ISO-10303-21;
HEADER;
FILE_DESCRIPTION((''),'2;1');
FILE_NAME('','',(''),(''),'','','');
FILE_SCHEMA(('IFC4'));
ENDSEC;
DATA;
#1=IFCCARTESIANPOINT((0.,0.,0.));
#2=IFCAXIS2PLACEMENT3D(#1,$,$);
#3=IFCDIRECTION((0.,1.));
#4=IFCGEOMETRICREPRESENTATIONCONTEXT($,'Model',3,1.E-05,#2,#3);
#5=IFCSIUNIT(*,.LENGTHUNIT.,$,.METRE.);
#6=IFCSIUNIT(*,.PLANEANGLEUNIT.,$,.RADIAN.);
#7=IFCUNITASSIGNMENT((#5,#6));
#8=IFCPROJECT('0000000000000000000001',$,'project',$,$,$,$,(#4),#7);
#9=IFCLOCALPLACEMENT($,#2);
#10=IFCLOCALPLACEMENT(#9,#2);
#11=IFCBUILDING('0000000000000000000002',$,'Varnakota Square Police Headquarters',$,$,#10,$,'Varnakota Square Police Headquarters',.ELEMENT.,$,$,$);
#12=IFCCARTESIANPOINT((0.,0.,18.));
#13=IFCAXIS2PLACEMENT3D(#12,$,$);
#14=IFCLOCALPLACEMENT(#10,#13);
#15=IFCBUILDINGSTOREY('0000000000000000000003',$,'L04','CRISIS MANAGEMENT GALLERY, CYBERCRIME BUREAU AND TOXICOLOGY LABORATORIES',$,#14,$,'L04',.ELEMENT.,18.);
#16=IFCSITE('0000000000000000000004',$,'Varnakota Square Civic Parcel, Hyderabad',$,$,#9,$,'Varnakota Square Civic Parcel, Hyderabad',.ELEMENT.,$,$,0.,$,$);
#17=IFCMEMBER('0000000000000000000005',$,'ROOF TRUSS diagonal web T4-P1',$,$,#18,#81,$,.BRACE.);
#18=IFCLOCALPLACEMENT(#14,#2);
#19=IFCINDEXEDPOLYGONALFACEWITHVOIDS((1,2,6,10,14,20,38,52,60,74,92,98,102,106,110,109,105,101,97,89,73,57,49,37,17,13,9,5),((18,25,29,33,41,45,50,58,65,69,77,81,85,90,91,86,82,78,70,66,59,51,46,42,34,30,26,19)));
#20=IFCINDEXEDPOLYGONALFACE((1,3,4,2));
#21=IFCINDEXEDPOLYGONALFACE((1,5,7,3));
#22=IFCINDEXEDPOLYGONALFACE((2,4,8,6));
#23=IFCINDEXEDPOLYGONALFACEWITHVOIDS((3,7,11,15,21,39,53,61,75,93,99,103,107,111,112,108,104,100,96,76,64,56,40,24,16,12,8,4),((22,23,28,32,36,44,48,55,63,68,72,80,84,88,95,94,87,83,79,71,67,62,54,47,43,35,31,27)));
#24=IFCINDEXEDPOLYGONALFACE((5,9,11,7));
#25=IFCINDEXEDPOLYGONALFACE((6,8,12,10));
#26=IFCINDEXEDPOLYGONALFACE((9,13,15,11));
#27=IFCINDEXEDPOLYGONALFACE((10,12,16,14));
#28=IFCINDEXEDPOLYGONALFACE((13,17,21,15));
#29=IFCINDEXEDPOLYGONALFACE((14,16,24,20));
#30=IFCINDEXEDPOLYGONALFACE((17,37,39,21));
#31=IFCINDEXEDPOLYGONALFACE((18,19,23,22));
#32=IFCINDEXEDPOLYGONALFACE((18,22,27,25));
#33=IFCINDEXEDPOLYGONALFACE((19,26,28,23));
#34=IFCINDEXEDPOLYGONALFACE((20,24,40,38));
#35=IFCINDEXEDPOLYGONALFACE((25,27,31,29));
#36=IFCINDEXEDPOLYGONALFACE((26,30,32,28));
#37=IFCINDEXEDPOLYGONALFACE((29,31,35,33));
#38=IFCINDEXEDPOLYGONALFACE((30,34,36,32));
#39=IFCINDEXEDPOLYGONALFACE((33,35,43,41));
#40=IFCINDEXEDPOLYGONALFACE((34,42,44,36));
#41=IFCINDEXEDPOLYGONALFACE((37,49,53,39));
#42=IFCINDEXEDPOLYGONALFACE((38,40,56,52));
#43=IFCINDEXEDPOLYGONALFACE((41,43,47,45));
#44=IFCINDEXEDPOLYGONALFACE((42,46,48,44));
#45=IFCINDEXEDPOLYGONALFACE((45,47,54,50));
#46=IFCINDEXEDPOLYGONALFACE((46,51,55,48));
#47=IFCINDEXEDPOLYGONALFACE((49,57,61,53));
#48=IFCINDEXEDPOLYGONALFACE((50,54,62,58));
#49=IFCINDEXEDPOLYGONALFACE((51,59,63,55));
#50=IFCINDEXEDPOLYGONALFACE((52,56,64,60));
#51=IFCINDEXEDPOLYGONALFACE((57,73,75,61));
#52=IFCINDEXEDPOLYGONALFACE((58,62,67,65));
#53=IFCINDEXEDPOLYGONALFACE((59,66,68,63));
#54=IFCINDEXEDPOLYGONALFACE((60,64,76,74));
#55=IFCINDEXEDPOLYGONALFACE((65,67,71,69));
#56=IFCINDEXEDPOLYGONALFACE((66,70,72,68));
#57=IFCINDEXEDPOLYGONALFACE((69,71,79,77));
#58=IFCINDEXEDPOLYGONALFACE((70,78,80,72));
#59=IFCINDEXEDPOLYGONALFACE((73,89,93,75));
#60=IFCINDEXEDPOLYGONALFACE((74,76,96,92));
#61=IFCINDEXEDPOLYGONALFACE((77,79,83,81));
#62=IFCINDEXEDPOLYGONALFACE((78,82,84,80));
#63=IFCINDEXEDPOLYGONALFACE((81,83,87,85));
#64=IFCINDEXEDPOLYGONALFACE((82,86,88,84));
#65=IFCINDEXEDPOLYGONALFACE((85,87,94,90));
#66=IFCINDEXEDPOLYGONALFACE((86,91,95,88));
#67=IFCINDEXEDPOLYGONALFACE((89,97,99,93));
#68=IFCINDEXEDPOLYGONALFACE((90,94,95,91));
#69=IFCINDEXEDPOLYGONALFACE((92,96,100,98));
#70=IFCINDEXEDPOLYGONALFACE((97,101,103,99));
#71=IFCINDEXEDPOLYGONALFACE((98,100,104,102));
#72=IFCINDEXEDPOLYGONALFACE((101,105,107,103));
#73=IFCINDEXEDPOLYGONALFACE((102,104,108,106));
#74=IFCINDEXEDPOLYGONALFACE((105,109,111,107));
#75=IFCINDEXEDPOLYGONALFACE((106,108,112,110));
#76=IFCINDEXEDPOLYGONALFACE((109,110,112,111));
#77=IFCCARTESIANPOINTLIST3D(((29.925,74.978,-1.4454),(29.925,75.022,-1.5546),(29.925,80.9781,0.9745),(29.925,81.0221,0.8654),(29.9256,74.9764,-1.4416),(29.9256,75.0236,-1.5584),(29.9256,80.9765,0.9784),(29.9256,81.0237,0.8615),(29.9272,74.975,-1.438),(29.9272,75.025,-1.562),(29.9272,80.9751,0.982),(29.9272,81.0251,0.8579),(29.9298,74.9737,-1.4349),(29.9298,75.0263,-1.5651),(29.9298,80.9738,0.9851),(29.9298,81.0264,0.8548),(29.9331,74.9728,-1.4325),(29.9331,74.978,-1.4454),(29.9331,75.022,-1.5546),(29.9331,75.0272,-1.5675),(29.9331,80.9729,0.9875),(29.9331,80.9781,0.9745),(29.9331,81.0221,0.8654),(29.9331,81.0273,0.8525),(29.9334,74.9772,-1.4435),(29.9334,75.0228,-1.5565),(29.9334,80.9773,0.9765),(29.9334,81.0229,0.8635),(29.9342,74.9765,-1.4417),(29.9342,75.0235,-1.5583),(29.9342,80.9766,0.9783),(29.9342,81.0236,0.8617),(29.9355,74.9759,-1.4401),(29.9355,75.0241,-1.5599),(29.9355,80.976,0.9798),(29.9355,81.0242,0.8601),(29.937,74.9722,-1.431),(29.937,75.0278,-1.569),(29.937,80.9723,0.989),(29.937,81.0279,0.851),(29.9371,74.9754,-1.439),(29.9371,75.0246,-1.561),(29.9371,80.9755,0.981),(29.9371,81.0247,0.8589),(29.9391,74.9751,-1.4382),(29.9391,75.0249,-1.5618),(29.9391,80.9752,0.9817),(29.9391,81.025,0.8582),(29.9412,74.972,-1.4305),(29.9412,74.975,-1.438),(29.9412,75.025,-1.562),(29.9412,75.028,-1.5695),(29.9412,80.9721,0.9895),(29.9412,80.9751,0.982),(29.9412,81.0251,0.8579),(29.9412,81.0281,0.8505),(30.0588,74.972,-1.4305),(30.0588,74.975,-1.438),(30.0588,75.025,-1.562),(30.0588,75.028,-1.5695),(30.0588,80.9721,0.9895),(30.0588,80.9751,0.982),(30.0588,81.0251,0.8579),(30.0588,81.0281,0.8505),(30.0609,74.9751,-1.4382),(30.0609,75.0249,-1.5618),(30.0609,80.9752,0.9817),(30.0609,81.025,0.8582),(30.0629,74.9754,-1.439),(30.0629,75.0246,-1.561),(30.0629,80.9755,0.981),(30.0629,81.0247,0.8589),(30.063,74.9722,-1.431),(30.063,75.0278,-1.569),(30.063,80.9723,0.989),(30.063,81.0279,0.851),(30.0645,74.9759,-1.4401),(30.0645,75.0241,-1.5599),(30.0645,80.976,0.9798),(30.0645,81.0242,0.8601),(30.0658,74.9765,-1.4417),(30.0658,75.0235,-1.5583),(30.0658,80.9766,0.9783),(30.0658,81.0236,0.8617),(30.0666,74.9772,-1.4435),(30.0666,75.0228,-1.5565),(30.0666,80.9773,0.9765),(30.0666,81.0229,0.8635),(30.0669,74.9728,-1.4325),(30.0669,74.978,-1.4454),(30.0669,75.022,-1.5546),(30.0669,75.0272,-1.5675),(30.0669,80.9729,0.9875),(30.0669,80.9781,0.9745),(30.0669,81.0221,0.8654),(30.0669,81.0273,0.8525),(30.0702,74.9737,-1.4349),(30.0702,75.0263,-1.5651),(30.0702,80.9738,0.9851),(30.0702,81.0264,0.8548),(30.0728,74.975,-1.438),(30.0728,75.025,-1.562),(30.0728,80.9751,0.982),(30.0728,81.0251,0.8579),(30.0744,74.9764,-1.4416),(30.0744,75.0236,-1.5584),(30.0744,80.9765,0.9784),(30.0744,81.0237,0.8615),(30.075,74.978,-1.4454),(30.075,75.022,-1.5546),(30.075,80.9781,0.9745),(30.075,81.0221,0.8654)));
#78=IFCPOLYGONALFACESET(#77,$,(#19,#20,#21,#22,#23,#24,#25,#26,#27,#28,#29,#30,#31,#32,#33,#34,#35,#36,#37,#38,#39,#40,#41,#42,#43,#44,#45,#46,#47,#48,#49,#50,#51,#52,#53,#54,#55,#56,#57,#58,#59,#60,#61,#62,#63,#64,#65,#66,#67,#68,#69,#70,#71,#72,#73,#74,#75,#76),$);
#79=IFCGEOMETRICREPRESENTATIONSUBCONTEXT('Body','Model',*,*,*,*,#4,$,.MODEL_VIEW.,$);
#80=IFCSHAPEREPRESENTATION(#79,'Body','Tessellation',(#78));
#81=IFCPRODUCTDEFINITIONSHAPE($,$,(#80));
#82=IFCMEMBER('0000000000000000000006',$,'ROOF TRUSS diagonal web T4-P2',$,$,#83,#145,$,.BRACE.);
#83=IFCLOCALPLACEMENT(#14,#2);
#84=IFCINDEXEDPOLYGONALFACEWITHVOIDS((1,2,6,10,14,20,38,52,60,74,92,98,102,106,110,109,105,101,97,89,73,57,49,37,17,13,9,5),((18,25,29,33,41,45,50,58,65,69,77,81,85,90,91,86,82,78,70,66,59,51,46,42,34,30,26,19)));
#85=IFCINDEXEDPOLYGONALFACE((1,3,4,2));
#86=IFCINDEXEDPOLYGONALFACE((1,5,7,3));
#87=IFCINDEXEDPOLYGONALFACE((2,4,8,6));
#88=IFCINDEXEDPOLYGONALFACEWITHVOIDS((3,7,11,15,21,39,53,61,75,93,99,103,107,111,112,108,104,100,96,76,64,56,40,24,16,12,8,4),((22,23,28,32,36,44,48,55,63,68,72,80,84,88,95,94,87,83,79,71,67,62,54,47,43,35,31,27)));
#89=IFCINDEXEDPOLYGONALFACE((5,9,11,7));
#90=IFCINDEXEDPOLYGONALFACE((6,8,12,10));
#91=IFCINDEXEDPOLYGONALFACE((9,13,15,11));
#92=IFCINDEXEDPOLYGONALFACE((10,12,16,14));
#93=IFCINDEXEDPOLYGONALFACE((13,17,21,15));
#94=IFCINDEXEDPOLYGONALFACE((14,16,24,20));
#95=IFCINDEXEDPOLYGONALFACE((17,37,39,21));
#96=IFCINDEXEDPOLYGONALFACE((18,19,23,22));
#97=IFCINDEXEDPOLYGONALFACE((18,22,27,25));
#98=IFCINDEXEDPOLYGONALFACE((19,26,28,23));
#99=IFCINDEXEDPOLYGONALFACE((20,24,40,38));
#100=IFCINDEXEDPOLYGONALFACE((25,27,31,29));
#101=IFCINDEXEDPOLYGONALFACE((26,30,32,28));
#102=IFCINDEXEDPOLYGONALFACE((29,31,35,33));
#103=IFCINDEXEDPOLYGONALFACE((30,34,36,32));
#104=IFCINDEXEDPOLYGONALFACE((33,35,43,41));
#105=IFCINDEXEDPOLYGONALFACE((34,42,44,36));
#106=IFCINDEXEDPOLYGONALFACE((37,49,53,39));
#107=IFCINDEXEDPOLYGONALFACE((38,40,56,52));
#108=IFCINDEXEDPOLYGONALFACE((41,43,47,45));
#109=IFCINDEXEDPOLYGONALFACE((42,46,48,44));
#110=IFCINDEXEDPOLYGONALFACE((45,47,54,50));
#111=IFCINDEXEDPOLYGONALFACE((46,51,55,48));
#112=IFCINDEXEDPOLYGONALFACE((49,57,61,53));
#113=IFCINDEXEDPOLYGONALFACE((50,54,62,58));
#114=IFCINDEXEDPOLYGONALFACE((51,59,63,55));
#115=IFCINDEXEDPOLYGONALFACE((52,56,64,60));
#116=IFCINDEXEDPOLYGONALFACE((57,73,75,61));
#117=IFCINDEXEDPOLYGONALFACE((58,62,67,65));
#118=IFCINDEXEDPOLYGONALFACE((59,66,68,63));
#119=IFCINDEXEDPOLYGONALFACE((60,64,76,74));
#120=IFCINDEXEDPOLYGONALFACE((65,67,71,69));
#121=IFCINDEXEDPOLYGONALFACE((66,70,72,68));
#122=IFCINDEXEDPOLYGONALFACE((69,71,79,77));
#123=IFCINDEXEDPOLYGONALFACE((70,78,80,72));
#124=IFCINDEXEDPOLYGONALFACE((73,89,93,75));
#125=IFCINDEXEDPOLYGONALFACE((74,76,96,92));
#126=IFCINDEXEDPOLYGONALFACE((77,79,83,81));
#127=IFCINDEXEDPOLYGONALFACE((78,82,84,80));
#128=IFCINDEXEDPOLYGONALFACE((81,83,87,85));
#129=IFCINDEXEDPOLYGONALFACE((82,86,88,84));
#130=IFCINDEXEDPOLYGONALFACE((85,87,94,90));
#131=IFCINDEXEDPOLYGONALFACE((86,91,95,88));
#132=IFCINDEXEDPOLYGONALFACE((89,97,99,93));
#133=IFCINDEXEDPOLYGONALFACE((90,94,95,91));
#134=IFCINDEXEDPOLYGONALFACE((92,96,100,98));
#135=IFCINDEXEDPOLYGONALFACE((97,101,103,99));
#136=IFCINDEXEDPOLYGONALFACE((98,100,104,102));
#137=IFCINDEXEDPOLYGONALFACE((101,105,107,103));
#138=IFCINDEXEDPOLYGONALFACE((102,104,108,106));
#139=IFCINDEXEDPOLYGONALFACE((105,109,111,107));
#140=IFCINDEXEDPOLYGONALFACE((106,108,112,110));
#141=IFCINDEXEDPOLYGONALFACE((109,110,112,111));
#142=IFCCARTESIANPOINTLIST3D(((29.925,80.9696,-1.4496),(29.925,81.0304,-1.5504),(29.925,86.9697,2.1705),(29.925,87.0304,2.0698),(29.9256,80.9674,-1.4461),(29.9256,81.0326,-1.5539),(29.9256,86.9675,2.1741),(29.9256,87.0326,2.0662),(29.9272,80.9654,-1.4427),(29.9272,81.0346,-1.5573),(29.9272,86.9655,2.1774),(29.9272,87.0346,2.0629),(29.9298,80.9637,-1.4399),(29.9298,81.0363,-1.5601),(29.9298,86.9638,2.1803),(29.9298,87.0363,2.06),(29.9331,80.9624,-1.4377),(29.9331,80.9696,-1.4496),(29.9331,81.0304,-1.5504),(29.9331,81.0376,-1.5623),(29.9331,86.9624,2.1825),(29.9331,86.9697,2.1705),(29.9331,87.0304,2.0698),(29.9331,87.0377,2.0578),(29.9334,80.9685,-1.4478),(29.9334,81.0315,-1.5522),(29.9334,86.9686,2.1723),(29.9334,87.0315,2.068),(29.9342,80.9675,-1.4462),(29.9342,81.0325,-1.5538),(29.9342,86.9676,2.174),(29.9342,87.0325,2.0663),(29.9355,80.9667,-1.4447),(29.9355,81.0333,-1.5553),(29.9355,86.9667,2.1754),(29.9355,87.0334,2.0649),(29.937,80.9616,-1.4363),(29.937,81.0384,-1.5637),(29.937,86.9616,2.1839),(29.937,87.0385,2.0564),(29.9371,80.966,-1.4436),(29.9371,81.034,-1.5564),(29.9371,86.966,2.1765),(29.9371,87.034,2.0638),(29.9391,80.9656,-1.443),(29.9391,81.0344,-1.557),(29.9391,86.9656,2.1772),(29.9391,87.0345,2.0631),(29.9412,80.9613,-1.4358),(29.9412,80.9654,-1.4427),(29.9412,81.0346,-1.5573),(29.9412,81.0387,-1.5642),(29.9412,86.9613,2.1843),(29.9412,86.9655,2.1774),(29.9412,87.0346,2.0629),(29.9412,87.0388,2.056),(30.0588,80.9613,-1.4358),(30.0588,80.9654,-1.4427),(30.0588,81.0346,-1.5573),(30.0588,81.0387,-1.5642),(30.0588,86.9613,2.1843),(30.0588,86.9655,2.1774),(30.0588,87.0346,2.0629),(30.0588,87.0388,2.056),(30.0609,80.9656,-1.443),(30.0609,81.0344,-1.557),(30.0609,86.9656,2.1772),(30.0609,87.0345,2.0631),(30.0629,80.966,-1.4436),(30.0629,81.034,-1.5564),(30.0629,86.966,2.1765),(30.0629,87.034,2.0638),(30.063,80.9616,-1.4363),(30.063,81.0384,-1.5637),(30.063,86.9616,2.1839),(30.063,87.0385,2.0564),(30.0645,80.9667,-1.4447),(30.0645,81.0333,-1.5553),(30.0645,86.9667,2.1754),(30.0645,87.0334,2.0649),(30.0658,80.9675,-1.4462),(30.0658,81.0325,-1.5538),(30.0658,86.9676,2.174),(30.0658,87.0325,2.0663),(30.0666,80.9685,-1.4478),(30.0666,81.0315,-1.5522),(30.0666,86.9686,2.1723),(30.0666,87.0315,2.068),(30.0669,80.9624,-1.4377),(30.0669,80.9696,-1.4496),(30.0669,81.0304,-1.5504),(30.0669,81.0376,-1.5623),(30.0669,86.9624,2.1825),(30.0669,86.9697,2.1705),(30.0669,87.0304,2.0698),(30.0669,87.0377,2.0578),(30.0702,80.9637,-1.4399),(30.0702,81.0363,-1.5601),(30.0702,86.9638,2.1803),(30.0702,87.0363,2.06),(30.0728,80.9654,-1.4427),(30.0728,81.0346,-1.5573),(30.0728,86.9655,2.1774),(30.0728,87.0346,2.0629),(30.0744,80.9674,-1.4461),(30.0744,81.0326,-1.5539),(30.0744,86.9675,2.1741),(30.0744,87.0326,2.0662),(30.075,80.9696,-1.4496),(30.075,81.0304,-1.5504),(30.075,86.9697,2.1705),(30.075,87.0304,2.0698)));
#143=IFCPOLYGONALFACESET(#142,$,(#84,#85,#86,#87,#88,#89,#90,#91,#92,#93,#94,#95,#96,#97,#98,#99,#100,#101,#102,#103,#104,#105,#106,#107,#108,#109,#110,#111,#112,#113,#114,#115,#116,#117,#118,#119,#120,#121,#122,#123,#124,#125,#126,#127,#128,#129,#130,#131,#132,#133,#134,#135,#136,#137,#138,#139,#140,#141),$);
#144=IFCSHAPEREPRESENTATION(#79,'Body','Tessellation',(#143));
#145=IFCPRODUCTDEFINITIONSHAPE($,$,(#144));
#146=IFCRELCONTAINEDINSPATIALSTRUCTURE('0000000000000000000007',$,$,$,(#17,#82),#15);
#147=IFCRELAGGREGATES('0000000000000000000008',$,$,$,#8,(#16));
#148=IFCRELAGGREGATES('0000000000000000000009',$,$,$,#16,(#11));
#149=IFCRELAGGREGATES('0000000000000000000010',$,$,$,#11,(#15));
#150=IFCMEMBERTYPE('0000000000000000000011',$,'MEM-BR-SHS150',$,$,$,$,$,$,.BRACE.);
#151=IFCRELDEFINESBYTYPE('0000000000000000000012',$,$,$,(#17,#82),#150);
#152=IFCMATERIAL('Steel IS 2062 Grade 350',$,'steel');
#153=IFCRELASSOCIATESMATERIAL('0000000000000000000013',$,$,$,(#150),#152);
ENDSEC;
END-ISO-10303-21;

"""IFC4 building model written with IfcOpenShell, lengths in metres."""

from ifc_helpers import new_model, si_unit, direction, frame, origin, origin_2d, place, context, subcontext, project, spatial, hollow_rectangle, extrude, material, material_profile, profile_set, type_object, element, save


model = new_model("IFC4")

# Units and contexts
model_context = context("Model", 3, precision=1e-05, world=origin(), true_north=direction((0.0, 1.0)))
body_context = subcontext(model_context, "Body", "Model", "MODEL_VIEW")
ifc_project = project(units=[si_unit("LENGTHUNIT", "METRE"), si_unit("PLANEANGLEUNIT", "RADIAN")], contexts=[model_context])

# Site, building, storey
site_placement = place(None, origin())
site = spatial("IfcSite", under=ifc_project, at=site_placement, Name="Varnakota Square Civic Parcel, Hyderabad", LongName="Varnakota Square Civic Parcel, Hyderabad", CompositionType="ELEMENT", RefElevation=0.0)
building_placement = place(site_placement, origin())
building = spatial("IfcBuilding", under=site, at=building_placement, Name="Varnakota Square Police Headquarters", LongName="Varnakota Square Police Headquarters", CompositionType="ELEMENT")
storey_placement = place(building_placement, frame((0.0, 0.0, 18.0)))
storey = spatial("IfcBuildingStorey", under=building, at=storey_placement, Name="L04", Description="CRISIS MANAGEMENT GALLERY, CYBERCRIME BUREAU AND TOXICOLOGY LABORATORIES", LongName="L04", CompositionType="ELEMENT", Elevation=18.0)

# Shared definitions
ifc_material_1 = material(Name="Steel IS 2062 Grade 350", Category="steel")

# Members
ifc_material_profile_1 = material_profile(ifc_material_1, hollow_rectangle(XDim=0.1499, YDim=0.1499, WallThickness=0.0081, InnerFilletRadius=0.0081, OuterFilletRadius=0.0161, at=origin_2d()), Name="SHS 150x150x8")
ifc_profile_set_1 = profile_set([ifc_material_profile_1], Name="Steel IS 2062 Grade 350")
member_type_1 = type_object("IfcMemberType", Name="MEM-BR-SHS150", PredefinedType="BRACE", material=ifc_profile_set_1)
member_1_placement = place(storey_placement, frame((30.0, 75.0, -1.5), z_axis=(0.0, 0.927411, 0.374044), x_axis=(-1.0, 0.0, 0.0)))
element("IfcMember", 1, at=member_1_placement, inside=storey, type_object=member_type_1, Name="ROOF TRUSS diagonal web T4-P1", PredefinedType="BRACE", context=body_context, shape_type="SweptSolid", body=[
    extrude(hollow_rectangle(XDim=0.1499, YDim=0.1499, WallThickness=0.0081, InnerFilletRadius=0.0081, OuterFilletRadius=0.0161, at=origin_2d()), origin(), (0.0, 0.0, 1.0), 6.4697),
])
member_2_placement = place(storey_placement, frame((30.0, 81.0, -1.5), z_axis=(0.0, 0.856224, 0.516605), x_axis=(-1.0, 0.0, 0.0)))
element("IfcMember", 2, at=member_2_placement, inside=storey, type_object=member_type_1, Name="ROOF TRUSS diagonal web T4-P2", PredefinedType="BRACE", context=body_context, shape_type="SweptSolid", body=[
    extrude(hollow_rectangle(XDim=0.1499, YDim=0.1499, WallThickness=0.0081, InnerFilletRadius=0.0081, OuterFilletRadius=0.0161, at=origin_2d()), origin(), (0.0, 0.0, 1.0), 7.0076),
])

save(model, "model.ifc")
